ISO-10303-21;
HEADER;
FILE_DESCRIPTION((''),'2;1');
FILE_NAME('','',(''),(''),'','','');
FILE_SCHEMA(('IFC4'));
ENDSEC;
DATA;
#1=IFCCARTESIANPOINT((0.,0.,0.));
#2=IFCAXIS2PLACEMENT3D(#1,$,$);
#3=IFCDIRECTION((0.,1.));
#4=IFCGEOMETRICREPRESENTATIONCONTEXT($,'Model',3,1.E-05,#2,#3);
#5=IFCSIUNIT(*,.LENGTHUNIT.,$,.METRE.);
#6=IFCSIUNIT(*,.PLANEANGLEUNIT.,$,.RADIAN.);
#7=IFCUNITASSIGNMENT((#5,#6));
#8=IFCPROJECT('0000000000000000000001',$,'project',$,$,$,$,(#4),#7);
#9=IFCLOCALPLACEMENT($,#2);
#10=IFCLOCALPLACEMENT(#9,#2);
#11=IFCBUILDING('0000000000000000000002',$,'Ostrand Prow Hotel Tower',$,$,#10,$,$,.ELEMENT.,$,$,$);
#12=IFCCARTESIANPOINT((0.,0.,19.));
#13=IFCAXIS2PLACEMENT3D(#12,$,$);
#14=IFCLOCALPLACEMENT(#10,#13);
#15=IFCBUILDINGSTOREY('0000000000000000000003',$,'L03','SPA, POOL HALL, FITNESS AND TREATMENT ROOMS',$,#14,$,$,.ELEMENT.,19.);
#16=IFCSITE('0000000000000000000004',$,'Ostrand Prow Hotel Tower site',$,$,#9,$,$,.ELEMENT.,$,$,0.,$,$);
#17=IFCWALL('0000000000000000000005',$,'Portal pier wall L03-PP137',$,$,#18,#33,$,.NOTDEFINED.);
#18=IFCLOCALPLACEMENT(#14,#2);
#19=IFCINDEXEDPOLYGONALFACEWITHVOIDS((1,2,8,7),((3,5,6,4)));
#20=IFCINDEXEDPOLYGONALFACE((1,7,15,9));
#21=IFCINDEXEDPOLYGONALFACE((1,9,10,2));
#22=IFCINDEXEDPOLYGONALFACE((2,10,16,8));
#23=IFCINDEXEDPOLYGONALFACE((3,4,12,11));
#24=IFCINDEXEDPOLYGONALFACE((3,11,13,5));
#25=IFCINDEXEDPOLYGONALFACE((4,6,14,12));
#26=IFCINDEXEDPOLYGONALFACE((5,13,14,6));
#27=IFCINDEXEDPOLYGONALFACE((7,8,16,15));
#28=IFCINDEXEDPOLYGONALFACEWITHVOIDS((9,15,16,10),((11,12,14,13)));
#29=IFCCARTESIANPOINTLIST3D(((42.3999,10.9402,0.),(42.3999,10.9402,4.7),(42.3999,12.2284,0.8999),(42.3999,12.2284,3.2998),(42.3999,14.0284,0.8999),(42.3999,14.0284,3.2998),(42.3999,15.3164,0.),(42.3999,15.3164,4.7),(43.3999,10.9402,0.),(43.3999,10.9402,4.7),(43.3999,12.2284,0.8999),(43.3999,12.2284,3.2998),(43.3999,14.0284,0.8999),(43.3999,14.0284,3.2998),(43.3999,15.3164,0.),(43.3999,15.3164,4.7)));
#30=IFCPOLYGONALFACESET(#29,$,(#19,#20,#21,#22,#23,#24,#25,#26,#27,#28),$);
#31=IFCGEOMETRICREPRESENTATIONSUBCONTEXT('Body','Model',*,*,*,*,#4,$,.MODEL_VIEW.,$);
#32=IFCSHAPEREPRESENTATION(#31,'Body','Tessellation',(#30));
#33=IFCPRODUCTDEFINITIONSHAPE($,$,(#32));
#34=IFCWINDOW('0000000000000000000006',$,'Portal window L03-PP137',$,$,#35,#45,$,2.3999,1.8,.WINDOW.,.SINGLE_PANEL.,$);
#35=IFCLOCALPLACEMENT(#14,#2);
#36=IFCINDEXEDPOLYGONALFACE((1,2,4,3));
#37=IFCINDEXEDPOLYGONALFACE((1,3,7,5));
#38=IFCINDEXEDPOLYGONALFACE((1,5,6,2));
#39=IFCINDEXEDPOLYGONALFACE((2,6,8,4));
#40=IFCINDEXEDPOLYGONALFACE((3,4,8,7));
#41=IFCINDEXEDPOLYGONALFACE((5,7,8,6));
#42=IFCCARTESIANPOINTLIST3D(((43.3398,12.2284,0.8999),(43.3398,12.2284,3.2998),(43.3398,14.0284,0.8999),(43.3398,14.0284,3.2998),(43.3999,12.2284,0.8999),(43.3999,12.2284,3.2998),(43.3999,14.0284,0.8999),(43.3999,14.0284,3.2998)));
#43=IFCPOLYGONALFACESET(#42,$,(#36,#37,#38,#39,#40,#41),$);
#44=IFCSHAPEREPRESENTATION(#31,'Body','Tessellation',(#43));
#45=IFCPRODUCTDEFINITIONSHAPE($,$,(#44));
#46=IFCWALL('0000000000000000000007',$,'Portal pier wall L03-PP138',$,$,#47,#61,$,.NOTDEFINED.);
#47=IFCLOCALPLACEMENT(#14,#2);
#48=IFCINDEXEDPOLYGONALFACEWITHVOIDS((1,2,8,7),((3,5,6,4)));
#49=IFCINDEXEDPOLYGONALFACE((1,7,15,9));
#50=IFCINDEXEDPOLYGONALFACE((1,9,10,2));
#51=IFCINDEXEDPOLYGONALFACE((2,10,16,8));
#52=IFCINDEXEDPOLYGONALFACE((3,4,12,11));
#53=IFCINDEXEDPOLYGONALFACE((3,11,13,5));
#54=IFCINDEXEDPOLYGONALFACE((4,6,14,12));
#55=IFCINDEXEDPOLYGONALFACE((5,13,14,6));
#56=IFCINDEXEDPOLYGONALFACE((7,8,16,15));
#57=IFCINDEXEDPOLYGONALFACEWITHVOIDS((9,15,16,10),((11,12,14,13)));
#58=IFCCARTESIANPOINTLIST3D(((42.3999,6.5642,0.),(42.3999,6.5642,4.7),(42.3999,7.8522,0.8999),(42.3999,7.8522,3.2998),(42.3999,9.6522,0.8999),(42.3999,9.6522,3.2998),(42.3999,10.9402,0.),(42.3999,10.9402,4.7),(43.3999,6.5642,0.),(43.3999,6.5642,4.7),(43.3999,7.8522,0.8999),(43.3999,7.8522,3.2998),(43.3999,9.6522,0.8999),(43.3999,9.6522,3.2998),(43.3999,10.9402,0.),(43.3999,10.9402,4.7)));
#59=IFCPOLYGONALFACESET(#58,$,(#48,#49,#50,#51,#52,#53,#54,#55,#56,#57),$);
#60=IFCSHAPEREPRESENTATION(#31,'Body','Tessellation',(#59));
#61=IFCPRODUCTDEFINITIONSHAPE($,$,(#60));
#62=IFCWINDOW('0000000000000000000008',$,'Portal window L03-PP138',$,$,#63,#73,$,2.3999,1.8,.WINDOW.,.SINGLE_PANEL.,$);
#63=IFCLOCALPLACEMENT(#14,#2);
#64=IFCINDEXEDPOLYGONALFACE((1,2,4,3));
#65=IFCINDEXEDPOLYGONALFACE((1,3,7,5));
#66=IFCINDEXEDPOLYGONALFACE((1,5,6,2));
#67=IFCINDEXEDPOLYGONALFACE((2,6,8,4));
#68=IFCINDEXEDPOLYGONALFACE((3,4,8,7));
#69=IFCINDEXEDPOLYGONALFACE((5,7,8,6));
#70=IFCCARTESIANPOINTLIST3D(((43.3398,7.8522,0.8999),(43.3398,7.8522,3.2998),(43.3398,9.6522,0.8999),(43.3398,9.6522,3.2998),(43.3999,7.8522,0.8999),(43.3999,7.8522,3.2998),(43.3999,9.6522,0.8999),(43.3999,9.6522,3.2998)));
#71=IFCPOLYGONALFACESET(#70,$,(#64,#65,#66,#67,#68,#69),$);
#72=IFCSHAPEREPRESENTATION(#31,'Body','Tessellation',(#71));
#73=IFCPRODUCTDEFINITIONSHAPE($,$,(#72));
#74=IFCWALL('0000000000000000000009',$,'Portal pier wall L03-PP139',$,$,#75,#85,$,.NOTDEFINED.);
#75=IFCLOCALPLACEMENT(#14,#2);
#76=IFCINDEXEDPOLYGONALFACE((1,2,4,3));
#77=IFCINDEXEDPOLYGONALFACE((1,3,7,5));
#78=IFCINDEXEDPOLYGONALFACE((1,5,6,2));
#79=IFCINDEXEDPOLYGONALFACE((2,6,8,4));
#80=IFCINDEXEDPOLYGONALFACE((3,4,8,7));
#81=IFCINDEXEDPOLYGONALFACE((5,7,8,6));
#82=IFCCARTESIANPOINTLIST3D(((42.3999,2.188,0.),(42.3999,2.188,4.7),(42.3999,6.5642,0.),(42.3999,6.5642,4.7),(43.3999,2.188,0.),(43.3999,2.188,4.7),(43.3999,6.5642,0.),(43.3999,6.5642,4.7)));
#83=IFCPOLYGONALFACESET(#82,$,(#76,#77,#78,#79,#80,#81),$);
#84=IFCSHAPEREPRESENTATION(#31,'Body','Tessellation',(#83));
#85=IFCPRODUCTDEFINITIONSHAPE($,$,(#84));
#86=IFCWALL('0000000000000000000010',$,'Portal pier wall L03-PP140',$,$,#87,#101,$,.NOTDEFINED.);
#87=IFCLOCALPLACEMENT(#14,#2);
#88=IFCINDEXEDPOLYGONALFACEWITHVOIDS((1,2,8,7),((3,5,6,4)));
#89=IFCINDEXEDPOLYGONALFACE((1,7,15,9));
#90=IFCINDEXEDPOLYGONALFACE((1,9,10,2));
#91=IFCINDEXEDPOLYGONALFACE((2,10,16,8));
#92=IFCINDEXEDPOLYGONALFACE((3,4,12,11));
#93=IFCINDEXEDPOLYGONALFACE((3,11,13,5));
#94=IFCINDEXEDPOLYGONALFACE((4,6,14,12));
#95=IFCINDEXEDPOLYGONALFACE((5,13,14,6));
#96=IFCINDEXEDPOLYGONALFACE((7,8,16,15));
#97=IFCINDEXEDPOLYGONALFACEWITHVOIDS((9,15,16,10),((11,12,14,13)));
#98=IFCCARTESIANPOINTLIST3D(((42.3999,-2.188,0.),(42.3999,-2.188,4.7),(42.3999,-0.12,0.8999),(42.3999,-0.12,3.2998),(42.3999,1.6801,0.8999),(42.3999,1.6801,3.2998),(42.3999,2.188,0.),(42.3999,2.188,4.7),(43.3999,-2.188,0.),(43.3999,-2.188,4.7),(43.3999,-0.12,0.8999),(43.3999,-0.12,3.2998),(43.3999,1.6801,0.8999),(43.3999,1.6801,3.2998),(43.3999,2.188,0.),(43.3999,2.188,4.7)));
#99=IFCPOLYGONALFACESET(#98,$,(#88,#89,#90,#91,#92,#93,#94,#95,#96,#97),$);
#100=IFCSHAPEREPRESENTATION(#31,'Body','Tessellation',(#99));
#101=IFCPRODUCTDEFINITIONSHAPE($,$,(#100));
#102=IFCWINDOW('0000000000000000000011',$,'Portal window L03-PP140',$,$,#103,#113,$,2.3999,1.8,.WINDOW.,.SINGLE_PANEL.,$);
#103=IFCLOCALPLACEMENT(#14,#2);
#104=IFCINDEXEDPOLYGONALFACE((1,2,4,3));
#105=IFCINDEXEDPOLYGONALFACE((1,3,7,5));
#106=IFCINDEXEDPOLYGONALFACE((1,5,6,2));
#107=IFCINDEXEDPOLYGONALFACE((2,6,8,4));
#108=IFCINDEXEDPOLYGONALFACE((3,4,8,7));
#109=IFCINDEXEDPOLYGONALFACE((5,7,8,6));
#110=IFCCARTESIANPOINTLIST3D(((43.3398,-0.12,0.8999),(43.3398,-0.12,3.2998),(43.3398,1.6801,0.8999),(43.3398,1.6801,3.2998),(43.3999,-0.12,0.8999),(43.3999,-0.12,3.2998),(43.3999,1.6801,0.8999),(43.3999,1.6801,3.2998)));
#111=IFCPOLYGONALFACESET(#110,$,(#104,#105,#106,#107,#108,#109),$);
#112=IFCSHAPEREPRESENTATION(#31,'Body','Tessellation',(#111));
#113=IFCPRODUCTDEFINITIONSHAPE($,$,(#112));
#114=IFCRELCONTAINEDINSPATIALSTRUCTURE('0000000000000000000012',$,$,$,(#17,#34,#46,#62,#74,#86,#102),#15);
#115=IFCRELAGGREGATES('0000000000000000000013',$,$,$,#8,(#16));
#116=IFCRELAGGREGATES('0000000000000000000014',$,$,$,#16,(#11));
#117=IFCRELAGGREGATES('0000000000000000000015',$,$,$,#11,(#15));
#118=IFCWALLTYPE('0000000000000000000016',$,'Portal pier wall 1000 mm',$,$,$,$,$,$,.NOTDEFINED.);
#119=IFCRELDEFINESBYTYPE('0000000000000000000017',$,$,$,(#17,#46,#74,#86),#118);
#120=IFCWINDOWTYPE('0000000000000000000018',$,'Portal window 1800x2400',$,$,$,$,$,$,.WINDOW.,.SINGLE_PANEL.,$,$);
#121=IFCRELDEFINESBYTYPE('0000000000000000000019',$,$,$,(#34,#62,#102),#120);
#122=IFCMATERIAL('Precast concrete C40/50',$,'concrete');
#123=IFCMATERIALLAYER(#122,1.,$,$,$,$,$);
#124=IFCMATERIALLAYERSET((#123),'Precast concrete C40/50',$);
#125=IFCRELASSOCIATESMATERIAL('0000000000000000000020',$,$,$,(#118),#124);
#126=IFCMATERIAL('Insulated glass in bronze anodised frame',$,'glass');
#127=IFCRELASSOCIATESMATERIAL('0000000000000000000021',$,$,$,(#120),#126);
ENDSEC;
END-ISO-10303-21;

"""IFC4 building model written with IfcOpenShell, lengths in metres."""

from ifc_helpers import new_model, si_unit, direction, frame, frame_2d, origin, place, context, subcontext, project, spatial, polyline, rectangle, outline, extrude, material, layer, layer_set, type_object, element, fill, save


model = new_model("IFC4")

# Units and contexts
model_context = context("Model", 3, precision=1e-05, world=origin(), true_north=direction((0.0, 1.0)))
body_context = subcontext(model_context, "Body", "Model", "MODEL_VIEW")
ifc_project = project(units=[si_unit("LENGTHUNIT", "METRE"), si_unit("PLANEANGLEUNIT", "RADIAN")], contexts=[model_context])

# Site, building, storey
site_placement = place(None, origin())
site = spatial("IfcSite", under=ifc_project, at=site_placement, Name="Ostrand Prow Hotel Tower site", CompositionType="ELEMENT", RefElevation=0.0)
building_placement = place(site_placement, origin())
building = spatial("IfcBuilding", under=site, at=building_placement, Name="Ostrand Prow Hotel Tower", CompositionType="ELEMENT")
storey_placement = place(building_placement, frame((0.0, 0.0, 19.0)))
storey = spatial("IfcBuildingStorey", under=building, at=storey_placement, Name="L03", Description="SPA, POOL HALL, FITNESS AND TREATMENT ROOMS", CompositionType="ELEMENT", Elevation=19.0)

# Walls, openings, windows
ifc_material_1 = material(Name="Precast concrete C40/50", Category="concrete")
ifc_layer_1 = layer(ifc_material_1, 1.0)
ifc_layer_set_1 = layer_set([ifc_layer_1], Name="Precast concrete C40/50")
wall_type_1 = type_object("IfcWallType", Name="Portal pier wall 1000 mm", PredefinedType="NOTDEFINED", material=ifc_layer_set_1)
wall_1_placement = place(storey_placement, frame((42.8999, 15.3164, 0.0), z_axis=(0.0, 0.0, 1.0), x_axis=(0.0, -1.0, 0.0)))
wall_1 = element("IfcWall", 1, at=wall_1_placement, inside=storey, type_object=wall_type_1, Name="Portal pier wall L03-PP137", PredefinedType="NOTDEFINED", context=body_context, shape_type="SweptSolid", body=[
    extrude(outline(polyline([(0.0, -0.5), (4.3762, -0.5), (4.3762, 0.5), (0.0, 0.5), (0.0, -0.5)])), origin(), (0.0, 0.0, 1.0), 4.7),
])
opening_1_placement = place(wall_1_placement, frame((1.2881, 0.0, 0.8999)))
opening_1 = element("IfcOpeningElement", 2, at=opening_1_placement, cuts=wall_1, PredefinedType="OPENING", context=body_context, shape_type="SweptSolid", body=[
    extrude(rectangle(XDim=1.8, YDim=2.3999, at=frame_2d((0.8999, 1.2))), frame((0.0, 0.51, 0.0), z_axis=(0.0, -1.0, 0.0), x_axis=(1.0, 0.0, 0.0)), (0.0, 0.0, 1.0), 1.02),
])
ifc_material_2 = material(Name="Insulated glass in bronze anodised frame", Category="glass")
window_type = type_object("IfcWindowType", Name="Portal window 1800x2400", PartitioningType="SINGLE_PANEL", PredefinedType="WINDOW", material=ifc_material_2)
window_1_placement = place(opening_1_placement, origin())
window_1 = element("IfcWindow", 3, at=window_1_placement, inside=storey, type_object=window_type, Name="Portal window L03-PP137", OverallHeight=2.3999, OverallWidth=1.8, PartitioningType="SINGLE_PANEL", PredefinedType="WINDOW", context=body_context, shape_type="SweptSolid", body=[
    extrude(rectangle(XDim=1.8, YDim=2.3999, at=frame_2d((0.8999, 1.2))), frame((0.0, 0.5, 0.0), z_axis=(0.0, -1.0, 0.0), x_axis=(1.0, 0.0, 0.0)), (0.0, 0.0, 1.0), 0.0601),
])
fill(opening_1, window_1)
wall_2_placement = place(storey_placement, frame((42.8999, 10.9402, 0.0), z_axis=(0.0, 0.0, 1.0), x_axis=(0.0, -1.0, 0.0)))
wall_2 = element("IfcWall", 4, at=wall_2_placement, inside=storey, type_object=wall_type_1, Name="Portal pier wall L03-PP138", PredefinedType="NOTDEFINED", context=body_context, shape_type="SweptSolid", body=[
    extrude(outline(polyline([(0.0, -0.5), (4.376, -0.5), (4.376, 0.5), (0.0, 0.5), (0.0, -0.5)])), origin(), (0.0, 0.0, 1.0), 4.7),
])
opening_2_placement = place(wall_2_placement, frame((1.2881, 0.0, 0.8999)))
opening_2 = element("IfcOpeningElement", 5, at=opening_2_placement, cuts=wall_2, PredefinedType="OPENING", context=body_context, shape_type="SweptSolid", body=[
    extrude(rectangle(XDim=1.8, YDim=2.3999, at=frame_2d((0.8999, 1.2))), frame((0.0, 0.51, 0.0), z_axis=(0.0, -1.0, 0.0), x_axis=(1.0, 0.0, 0.0)), (0.0, 0.0, 1.0), 1.02),
])
window_2_placement = place(opening_2_placement, origin())
window_2 = element("IfcWindow", 6, at=window_2_placement, inside=storey, type_object=window_type, Name="Portal window L03-PP138", OverallHeight=2.3999, OverallWidth=1.8, PartitioningType="SINGLE_PANEL", PredefinedType="WINDOW", context=body_context, shape_type="SweptSolid", body=[
    extrude(rectangle(XDim=1.8, YDim=2.3999, at=frame_2d((0.8999, 1.2))), frame((0.0, 0.5, 0.0), z_axis=(0.0, -1.0, 0.0), x_axis=(1.0, 0.0, 0.0)), (0.0, 0.0, 1.0), 0.0601),
])
fill(opening_2, window_2)

# Wall
wall_3_placement = place(storey_placement, frame((42.8999, 6.5642, 0.0), z_axis=(0.0, 0.0, 1.0), x_axis=(0.0, -1.0, 0.0)))
element("IfcWall", 7, at=wall_3_placement, inside=storey, type_object=wall_type_1, Name="Portal pier wall L03-PP139", PredefinedType="NOTDEFINED", context=body_context, shape_type="SweptSolid", body=[
    extrude(outline(polyline([(0.0, -0.5), (4.3762, -0.5), (4.3762, 0.5), (0.0, 0.5), (0.0, -0.5)])), origin(), (0.0, 0.0, 1.0), 4.7),
])

# Wall, opening, window
wall_4_placement = place(storey_placement, frame((42.8999, 2.188, 0.0), z_axis=(0.0, 0.0, 1.0), x_axis=(0.0, -1.0, 0.0)))
wall_4 = element("IfcWall", 8, at=wall_4_placement, inside=storey, type_object=wall_type_1, Name="Portal pier wall L03-PP140", PredefinedType="NOTDEFINED", context=body_context, shape_type="SweptSolid", body=[
    extrude(outline(polyline([(0.0, -0.5), (4.376, -0.5), (4.376, 0.5), (0.0, 0.5), (0.0, -0.5)])), origin(), (0.0, 0.0, 1.0), 4.7),
])
opening_3_placement = place(wall_4_placement, frame((0.5081, 0.0, 0.8999)))
opening_3 = element("IfcOpeningElement", 9, at=opening_3_placement, cuts=wall_4, PredefinedType="OPENING", context=body_context, shape_type="SweptSolid", body=[
    extrude(rectangle(XDim=1.8, YDim=2.3999, at=frame_2d((0.8999, 1.2))), frame((0.0, 0.51, 0.0), z_axis=(0.0, -1.0, 0.0), x_axis=(1.0, 0.0, 0.0)), (0.0, 0.0, 1.0), 1.02),
])
window_3_placement = place(opening_3_placement, origin())
window_3 = element("IfcWindow", 10, at=window_3_placement, inside=storey, type_object=window_type, Name="Portal window L03-PP140", OverallHeight=2.3999, OverallWidth=1.8, PartitioningType="SINGLE_PANEL", PredefinedType="WINDOW", context=body_context, shape_type="SweptSolid", body=[
    extrude(rectangle(XDim=1.8, YDim=2.3999, at=frame_2d((0.8999, 1.2))), frame((0.0, 0.5, 0.0), z_axis=(0.0, -1.0, 0.0), x_axis=(1.0, 0.0, 0.0)), (0.0, 0.0, 1.0), 0.0601),
])
fill(opening_3, window_3)

save(model, "model.ifc")
